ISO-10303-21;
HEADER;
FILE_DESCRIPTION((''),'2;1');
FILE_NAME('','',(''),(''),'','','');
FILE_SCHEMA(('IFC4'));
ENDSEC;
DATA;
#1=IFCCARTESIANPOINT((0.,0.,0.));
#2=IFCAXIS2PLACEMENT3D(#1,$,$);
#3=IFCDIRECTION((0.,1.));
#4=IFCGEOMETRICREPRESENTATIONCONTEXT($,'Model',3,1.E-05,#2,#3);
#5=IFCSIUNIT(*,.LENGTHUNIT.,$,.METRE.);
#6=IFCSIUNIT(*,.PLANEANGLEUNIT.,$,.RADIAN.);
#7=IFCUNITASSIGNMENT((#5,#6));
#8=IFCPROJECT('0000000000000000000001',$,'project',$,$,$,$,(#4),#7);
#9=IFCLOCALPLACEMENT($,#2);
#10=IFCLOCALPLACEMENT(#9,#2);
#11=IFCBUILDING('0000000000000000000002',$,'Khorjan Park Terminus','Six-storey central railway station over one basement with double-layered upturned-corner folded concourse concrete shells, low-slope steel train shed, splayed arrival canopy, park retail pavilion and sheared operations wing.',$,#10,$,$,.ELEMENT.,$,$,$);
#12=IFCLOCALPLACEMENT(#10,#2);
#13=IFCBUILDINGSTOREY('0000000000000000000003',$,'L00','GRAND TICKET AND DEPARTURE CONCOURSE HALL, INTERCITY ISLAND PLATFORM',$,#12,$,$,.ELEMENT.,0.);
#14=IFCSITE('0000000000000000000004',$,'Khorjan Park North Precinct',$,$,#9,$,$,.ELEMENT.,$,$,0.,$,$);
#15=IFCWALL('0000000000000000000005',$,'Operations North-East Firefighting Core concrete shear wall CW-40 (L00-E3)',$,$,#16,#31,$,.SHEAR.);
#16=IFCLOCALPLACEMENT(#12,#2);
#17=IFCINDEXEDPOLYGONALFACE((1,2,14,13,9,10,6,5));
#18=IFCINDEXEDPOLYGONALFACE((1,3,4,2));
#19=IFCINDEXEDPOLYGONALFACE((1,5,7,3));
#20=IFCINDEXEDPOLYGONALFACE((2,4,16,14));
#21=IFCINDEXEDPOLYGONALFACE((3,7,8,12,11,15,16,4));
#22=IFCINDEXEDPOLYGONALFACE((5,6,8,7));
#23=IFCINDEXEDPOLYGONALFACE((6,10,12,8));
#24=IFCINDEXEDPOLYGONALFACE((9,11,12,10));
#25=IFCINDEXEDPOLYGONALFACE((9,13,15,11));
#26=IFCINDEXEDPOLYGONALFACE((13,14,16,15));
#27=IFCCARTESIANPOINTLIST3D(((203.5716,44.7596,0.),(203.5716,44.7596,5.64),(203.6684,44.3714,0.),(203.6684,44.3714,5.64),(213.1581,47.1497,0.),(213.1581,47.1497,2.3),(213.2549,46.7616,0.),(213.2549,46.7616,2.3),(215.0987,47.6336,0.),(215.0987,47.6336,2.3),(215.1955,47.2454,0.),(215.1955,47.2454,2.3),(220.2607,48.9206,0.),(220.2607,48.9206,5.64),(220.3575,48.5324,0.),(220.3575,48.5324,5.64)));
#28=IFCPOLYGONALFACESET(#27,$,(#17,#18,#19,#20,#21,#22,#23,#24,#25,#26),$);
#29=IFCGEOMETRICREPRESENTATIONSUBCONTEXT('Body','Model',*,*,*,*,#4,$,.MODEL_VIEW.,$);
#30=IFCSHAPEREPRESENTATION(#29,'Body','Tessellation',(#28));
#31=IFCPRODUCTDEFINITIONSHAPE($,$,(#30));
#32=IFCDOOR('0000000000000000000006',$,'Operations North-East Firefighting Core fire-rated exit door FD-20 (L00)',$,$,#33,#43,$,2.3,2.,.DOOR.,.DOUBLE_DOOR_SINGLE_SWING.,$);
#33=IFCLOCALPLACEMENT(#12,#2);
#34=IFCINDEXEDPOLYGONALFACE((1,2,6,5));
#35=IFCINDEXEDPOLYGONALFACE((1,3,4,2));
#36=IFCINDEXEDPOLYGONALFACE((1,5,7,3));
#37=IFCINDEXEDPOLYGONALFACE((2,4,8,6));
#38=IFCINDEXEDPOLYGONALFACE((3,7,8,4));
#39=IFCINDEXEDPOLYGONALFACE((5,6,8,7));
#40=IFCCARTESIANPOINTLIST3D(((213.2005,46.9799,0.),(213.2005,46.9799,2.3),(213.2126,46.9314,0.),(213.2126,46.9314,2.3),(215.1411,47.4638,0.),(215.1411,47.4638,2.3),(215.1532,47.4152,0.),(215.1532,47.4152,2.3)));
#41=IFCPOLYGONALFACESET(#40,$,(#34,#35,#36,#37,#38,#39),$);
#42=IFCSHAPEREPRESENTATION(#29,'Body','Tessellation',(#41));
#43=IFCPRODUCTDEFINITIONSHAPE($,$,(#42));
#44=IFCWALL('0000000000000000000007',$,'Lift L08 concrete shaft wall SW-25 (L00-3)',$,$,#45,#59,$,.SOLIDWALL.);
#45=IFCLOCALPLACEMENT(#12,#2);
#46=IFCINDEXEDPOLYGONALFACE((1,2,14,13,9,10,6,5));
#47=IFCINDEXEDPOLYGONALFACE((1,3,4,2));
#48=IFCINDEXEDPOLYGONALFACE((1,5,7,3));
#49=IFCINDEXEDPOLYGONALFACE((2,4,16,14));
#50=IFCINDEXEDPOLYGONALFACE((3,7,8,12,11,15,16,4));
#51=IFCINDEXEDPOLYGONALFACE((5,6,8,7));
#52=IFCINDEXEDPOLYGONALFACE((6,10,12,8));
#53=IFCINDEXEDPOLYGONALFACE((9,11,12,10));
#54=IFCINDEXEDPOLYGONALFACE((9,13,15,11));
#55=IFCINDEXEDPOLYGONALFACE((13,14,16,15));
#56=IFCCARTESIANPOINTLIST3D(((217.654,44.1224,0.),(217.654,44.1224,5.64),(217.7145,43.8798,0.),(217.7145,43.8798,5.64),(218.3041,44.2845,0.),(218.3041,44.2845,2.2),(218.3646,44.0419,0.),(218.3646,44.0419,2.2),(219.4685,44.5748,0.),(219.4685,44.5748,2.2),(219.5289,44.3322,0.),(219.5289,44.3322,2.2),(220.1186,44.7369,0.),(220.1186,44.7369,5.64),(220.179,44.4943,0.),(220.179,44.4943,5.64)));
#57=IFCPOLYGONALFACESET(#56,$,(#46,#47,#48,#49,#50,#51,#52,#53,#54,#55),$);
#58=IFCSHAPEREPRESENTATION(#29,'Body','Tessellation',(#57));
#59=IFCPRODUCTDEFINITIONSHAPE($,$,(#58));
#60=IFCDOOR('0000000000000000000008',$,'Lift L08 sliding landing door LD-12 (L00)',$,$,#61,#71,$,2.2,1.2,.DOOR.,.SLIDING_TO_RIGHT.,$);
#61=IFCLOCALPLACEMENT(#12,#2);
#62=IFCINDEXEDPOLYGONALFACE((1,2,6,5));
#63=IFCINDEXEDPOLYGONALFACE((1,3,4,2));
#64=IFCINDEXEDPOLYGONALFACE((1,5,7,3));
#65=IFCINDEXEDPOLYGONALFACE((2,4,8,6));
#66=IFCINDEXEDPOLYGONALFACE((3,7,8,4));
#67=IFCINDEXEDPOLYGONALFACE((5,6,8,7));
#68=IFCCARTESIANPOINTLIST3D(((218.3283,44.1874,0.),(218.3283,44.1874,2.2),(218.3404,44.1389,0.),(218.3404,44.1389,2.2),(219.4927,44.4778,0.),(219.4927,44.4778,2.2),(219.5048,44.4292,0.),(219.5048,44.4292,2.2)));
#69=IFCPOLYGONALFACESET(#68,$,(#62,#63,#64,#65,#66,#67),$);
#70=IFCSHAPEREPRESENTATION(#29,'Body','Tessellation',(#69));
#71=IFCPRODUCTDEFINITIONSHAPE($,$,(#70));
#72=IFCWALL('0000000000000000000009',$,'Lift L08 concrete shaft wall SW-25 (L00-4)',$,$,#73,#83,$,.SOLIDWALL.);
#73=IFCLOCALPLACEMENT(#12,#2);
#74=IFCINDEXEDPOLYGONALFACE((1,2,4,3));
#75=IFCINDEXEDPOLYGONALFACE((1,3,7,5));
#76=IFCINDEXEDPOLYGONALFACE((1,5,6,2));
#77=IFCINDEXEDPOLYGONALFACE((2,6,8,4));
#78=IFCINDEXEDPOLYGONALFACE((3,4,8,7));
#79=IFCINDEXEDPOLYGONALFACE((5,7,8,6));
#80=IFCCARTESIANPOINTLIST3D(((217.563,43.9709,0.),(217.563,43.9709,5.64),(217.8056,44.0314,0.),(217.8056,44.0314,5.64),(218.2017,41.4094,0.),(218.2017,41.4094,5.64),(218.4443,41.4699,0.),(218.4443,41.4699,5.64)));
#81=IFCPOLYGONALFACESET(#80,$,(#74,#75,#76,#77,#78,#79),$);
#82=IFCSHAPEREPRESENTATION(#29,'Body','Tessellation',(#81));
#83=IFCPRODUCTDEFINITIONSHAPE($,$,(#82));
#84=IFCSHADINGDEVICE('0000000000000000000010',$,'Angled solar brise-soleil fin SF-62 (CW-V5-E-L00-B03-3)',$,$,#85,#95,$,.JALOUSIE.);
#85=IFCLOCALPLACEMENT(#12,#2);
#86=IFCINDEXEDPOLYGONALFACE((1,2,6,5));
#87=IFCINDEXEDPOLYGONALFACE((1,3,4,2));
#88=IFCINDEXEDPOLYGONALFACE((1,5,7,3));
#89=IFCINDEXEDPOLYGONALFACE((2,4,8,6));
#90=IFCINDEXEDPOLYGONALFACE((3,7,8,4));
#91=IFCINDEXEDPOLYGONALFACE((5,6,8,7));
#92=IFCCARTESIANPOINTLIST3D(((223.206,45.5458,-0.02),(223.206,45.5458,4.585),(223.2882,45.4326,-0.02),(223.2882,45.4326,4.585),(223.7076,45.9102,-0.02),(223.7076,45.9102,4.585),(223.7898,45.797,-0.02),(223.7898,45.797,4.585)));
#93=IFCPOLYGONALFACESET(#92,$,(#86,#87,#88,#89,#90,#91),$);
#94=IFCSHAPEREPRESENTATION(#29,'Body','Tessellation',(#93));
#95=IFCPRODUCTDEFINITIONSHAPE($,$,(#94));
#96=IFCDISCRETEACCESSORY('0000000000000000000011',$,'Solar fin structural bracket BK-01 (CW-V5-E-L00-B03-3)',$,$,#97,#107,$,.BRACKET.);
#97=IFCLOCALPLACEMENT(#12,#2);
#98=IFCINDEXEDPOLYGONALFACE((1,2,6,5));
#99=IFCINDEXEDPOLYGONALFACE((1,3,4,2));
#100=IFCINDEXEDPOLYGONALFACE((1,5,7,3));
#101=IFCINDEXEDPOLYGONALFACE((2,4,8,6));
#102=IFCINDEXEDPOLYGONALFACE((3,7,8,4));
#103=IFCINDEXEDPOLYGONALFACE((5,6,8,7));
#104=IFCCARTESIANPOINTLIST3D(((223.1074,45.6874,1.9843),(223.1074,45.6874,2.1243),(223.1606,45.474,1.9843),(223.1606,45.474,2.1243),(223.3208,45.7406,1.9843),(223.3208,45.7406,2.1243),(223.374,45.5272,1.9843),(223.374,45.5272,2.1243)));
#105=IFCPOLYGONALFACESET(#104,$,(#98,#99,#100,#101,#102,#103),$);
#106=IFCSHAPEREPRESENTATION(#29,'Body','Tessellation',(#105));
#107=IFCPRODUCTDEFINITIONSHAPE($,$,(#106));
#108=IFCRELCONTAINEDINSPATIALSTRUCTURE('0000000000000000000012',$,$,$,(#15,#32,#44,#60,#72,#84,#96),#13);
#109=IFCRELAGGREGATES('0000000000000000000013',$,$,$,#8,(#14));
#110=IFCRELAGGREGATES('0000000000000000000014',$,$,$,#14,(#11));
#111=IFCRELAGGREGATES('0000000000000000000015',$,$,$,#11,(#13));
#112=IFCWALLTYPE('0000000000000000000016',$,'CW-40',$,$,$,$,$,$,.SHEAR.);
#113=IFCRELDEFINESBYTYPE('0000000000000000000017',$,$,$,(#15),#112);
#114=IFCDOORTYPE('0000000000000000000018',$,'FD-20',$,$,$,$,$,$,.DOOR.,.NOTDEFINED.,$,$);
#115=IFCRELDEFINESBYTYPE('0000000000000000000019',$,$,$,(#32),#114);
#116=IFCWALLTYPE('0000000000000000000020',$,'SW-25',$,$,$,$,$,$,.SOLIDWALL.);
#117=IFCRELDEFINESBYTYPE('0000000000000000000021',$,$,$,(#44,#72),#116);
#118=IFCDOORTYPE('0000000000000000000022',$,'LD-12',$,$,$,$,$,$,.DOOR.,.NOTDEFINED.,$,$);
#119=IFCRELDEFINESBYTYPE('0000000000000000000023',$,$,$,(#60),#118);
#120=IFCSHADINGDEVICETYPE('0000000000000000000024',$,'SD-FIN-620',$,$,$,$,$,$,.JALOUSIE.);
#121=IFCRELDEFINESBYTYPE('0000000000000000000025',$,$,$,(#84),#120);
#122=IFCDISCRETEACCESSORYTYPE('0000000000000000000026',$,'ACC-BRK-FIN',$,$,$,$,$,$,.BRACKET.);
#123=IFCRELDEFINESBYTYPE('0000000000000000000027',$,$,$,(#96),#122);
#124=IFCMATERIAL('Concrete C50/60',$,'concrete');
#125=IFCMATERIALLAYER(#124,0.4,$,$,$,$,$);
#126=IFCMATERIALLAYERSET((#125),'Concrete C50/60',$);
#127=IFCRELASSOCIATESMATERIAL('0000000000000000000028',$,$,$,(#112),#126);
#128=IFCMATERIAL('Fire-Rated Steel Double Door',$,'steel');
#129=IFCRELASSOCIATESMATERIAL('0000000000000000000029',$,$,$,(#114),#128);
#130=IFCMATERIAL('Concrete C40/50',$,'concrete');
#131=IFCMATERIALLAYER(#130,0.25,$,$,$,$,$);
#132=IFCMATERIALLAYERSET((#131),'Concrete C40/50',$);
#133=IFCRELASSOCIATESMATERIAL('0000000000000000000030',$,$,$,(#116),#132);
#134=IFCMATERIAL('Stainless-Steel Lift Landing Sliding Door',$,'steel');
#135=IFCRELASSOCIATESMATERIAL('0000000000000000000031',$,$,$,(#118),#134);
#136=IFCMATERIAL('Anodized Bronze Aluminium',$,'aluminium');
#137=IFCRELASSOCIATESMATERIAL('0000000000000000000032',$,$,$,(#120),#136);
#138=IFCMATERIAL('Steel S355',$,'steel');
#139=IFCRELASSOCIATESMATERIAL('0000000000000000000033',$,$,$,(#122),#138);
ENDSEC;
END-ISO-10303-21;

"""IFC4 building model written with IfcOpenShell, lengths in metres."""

from ifc_helpers import new_model, si_unit, direction, frame, frame_2d, origin, origin_2d, place, context, subcontext, project, spatial, rectangle, extrude, material, layer, layer_set, type_object, element, fill, save


model = new_model("IFC4")

# Units and contexts
model_context = context("Model", 3, precision=1e-05, world=origin(), true_north=direction((0.0, 1.0)))
body_context = subcontext(model_context, "Body", "Model", "MODEL_VIEW")
ifc_project = project(units=[si_unit("LENGTHUNIT", "METRE"), si_unit("PLANEANGLEUNIT", "RADIAN")], contexts=[model_context])

# Site, building, storey
site_placement = place(None, origin())
site = spatial("IfcSite", under=ifc_project, at=site_placement, Name="Khorjan Park North Precinct", CompositionType="ELEMENT", RefElevation=0.0)
building_placement = place(site_placement, origin())
building = spatial("IfcBuilding", under=site, at=building_placement, Name="Khorjan Park Terminus", Description="Six-storey central railway station over one basement with double-layered upturned-corner folded concourse concrete shells, low-slope steel train shed, splayed arrival canopy, park retail pavilion and sheared operations wing.", CompositionType="ELEMENT")
storey_placement = place(building_placement, origin())
storey = spatial("IfcBuildingStorey", under=building, at=storey_placement, Name="L00", Description="GRAND TICKET AND DEPARTURE CONCOURSE HALL, INTERCITY ISLAND PLATFORM", CompositionType="ELEMENT", Elevation=0.0)

# Shared definitions
ifc_material_1 = material(Name="Anodized Bronze Aluminium", Category="aluminium")

# Walls, openings, doors
ifc_material_2 = material(Name="Concrete C50/60", Category="concrete")
ifc_layer_1 = layer(ifc_material_2, 0.4)
ifc_layer_set_1 = layer_set([ifc_layer_1], Name="Concrete C50/60")
wall_type_1 = type_object("IfcWallType", Name="CW-40", PredefinedType="SHEAR", material=ifc_layer_set_1)
wall_1_placement = place(storey_placement, frame((220.3091, 48.7265, 0.0), z_axis=(0.0, 0.0, 1.0), x_axis=(-0.970297, -0.241919, 0.0)))
wall_1 = element("IfcWall", 1, at=wall_1_placement, inside=storey, type_object=wall_type_1, Name="Operations North-East Firefighting Core concrete shear wall CW-40 (L00-E3)", PredefinedType="SHEAR", context=body_context, shape_type="SweptSolid", body=[
    extrude(rectangle(XDim=17.2, YDim=0.4, at=frame_2d((8.6, 0.0))), origin(), (0.0, 0.0, 1.0), 5.64),
])
opening_1_placement = place(wall_1_placement, frame((5.32, 0.0, 0.0)))
opening_1 = element("IfcOpeningElement", 2, at=opening_1_placement, cuts=wall_1, PredefinedType="OPENING", context=body_context, shape_type="SweptSolid", body=[
    extrude(rectangle(XDim=2.0, YDim=2.3, at=frame_2d((1.0, 1.15))), frame((0.0, 0.21, 0.0), z_axis=(0.0, -1.0, 0.0), x_axis=(1.0, 0.0, 0.0)), (0.0, 0.0, 1.0), 0.42),
])
ifc_material_3 = material(Name="Fire-Rated Steel Double Door", Category="steel")
door_type_1 = type_object("IfcDoorType", Name="FD-20", OperationType="NOTDEFINED", PredefinedType="DOOR", material=ifc_material_3)
door_1_placement = place(opening_1_placement, origin())
door_1 = element("IfcDoor", 3, at=door_1_placement, inside=storey, type_object=door_type_1, Name="Operations North-East Firefighting Core fire-rated exit door FD-20 (L00)", OperationType="DOUBLE_DOOR_SINGLE_SWING", OverallHeight=2.3, OverallWidth=2.0, PredefinedType="DOOR", context=body_context, shape_type="SweptSolid", body=[
    extrude(rectangle(XDim=2.0, YDim=2.3, at=frame_2d((1.0, 1.15))), frame((0.0, 0.025, 0.0), z_axis=(0.0, -1.0, 0.0), x_axis=(1.0, 0.0, 0.0)), (0.0, 0.0, 1.0), 0.05),
])
fill(opening_1, door_1)
ifc_material_4 = material(Name="Concrete C40/50", Category="concrete")
ifc_layer_2 = layer(ifc_material_4, 0.25)
ifc_layer_set_2 = layer_set([ifc_layer_2], Name="Concrete C40/50")
wall_type_2 = type_object("IfcWallType", Name="SW-25", PredefinedType="SOLIDWALL", material=ifc_layer_set_2)
wall_2_placement = place(storey_placement, frame((220.1488, 44.6156, 0.0), z_axis=(0.0, 0.0, 1.0), x_axis=(-0.970293, -0.241933, 0.0)))
wall_2 = element("IfcWall", 4, at=wall_2_placement, inside=storey, type_object=wall_type_2, Name="Lift L08 concrete shaft wall SW-25 (L00-3)", PredefinedType="SOLIDWALL", context=body_context, shape_type="SweptSolid", body=[
    extrude(rectangle(XDim=2.54, YDim=0.25, at=frame_2d((1.27, 0.0))), origin(), (0.0, 0.0, 1.0), 5.64),
])
opening_2_placement = place(wall_2_placement, frame((0.67, 0.0, 0.0)))
opening_2 = element("IfcOpeningElement", 5, at=opening_2_placement, cuts=wall_2, PredefinedType="OPENING", context=body_context, shape_type="SweptSolid", body=[
    extrude(rectangle(XDim=1.2, YDim=2.2, at=frame_2d((0.6, 1.1))), frame((0.0, 0.135, 0.0), z_axis=(0.0, -1.0, 0.0), x_axis=(1.0, 0.0, 0.0)), (0.0, 0.0, 1.0), 0.27),
])
ifc_material_5 = material(Name="Stainless-Steel Lift Landing Sliding Door", Category="steel")
door_type_2 = type_object("IfcDoorType", Name="LD-12", OperationType="NOTDEFINED", PredefinedType="DOOR", material=ifc_material_5)
door_2_placement = place(opening_2_placement, origin())
door_2 = element("IfcDoor", 6, at=door_2_placement, inside=storey, type_object=door_type_2, Name="Lift L08 sliding landing door LD-12 (L00)", OperationType="SLIDING_TO_RIGHT", OverallHeight=2.2, OverallWidth=1.2, PredefinedType="DOOR", context=body_context, shape_type="SweptSolid", body=[
    extrude(rectangle(XDim=1.2, YDim=2.2, at=frame_2d((0.6, 1.1))), frame((0.0, 0.025, 0.0), z_axis=(0.0, -1.0, 0.0), x_axis=(1.0, 0.0, 0.0)), (0.0, 0.0, 1.0), 0.05),
])
fill(opening_2, door_2)

# Wall
wall_3_placement = place(storey_placement, frame((217.6843, 44.0011, 0.0), z_axis=(0.0, 0.0, 1.0), x_axis=(0.241938, -0.970292, 0.0)))
element("IfcWall", 7, at=wall_3_placement, inside=storey, type_object=wall_type_2, Name="Lift L08 concrete shaft wall SW-25 (L00-4)", PredefinedType="SOLIDWALL", context=body_context, shape_type="SweptSolid", body=[
    extrude(rectangle(XDim=2.6399, YDim=0.25, at=frame_2d((1.3199, 0.0))), origin(), (0.0, 0.0, 1.0), 5.64),
])

# Shading device
shading_device_type = type_object("IfcShadingDeviceType", Name="SD-FIN-620", PredefinedType="JALOUSIE", material=ifc_material_1)
shading_device_placement = place(storey_placement, frame((223.4979, 45.6714, -0.02), z_axis=(0.0, 0.0, 1.0), x_axis=(-0.809017, -0.587785, 0.0)))
element("IfcShadingDevice", 8, at=shading_device_placement, inside=storey, type_object=shading_device_type, Name="Angled solar brise-soleil fin SF-62 (CW-V5-E-L00-B03-3)", PredefinedType="JALOUSIE", context=body_context, shape_type="SweptSolid", body=[
    extrude(rectangle(XDim=0.62, YDim=0.14, at=origin_2d()), origin(), (0.0, 0.0, 1.0), 4.605),
])

# Discrete accessory
ifc_material_6 = material(Name="Steel S355", Category="steel")
discrete_accessory_type = type_object("IfcDiscreteAccessoryType", Name="ACC-BRK-FIN", PredefinedType="BRACKET", material=ifc_material_6)
discrete_accessory_placement = place(storey_placement, frame((223.2407, 45.6073, 1.9843), z_axis=(0.0, 0.0, 1.0), x_axis=(-0.241923, 0.970295, 0.0)))
element("IfcDiscreteAccessory", 9, at=discrete_accessory_placement, inside=storey, type_object=discrete_accessory_type, Name="Solar fin structural bracket BK-01 (CW-V5-E-L00-B03-3)", PredefinedType="BRACKET", context=body_context, shape_type="SweptSolid", body=[
    extrude(rectangle(XDim=0.22, YDim=0.22, at=origin_2d()), origin(), (0.0, 0.0, 1.0), 0.14),
])

save(model, "model.ifc")
